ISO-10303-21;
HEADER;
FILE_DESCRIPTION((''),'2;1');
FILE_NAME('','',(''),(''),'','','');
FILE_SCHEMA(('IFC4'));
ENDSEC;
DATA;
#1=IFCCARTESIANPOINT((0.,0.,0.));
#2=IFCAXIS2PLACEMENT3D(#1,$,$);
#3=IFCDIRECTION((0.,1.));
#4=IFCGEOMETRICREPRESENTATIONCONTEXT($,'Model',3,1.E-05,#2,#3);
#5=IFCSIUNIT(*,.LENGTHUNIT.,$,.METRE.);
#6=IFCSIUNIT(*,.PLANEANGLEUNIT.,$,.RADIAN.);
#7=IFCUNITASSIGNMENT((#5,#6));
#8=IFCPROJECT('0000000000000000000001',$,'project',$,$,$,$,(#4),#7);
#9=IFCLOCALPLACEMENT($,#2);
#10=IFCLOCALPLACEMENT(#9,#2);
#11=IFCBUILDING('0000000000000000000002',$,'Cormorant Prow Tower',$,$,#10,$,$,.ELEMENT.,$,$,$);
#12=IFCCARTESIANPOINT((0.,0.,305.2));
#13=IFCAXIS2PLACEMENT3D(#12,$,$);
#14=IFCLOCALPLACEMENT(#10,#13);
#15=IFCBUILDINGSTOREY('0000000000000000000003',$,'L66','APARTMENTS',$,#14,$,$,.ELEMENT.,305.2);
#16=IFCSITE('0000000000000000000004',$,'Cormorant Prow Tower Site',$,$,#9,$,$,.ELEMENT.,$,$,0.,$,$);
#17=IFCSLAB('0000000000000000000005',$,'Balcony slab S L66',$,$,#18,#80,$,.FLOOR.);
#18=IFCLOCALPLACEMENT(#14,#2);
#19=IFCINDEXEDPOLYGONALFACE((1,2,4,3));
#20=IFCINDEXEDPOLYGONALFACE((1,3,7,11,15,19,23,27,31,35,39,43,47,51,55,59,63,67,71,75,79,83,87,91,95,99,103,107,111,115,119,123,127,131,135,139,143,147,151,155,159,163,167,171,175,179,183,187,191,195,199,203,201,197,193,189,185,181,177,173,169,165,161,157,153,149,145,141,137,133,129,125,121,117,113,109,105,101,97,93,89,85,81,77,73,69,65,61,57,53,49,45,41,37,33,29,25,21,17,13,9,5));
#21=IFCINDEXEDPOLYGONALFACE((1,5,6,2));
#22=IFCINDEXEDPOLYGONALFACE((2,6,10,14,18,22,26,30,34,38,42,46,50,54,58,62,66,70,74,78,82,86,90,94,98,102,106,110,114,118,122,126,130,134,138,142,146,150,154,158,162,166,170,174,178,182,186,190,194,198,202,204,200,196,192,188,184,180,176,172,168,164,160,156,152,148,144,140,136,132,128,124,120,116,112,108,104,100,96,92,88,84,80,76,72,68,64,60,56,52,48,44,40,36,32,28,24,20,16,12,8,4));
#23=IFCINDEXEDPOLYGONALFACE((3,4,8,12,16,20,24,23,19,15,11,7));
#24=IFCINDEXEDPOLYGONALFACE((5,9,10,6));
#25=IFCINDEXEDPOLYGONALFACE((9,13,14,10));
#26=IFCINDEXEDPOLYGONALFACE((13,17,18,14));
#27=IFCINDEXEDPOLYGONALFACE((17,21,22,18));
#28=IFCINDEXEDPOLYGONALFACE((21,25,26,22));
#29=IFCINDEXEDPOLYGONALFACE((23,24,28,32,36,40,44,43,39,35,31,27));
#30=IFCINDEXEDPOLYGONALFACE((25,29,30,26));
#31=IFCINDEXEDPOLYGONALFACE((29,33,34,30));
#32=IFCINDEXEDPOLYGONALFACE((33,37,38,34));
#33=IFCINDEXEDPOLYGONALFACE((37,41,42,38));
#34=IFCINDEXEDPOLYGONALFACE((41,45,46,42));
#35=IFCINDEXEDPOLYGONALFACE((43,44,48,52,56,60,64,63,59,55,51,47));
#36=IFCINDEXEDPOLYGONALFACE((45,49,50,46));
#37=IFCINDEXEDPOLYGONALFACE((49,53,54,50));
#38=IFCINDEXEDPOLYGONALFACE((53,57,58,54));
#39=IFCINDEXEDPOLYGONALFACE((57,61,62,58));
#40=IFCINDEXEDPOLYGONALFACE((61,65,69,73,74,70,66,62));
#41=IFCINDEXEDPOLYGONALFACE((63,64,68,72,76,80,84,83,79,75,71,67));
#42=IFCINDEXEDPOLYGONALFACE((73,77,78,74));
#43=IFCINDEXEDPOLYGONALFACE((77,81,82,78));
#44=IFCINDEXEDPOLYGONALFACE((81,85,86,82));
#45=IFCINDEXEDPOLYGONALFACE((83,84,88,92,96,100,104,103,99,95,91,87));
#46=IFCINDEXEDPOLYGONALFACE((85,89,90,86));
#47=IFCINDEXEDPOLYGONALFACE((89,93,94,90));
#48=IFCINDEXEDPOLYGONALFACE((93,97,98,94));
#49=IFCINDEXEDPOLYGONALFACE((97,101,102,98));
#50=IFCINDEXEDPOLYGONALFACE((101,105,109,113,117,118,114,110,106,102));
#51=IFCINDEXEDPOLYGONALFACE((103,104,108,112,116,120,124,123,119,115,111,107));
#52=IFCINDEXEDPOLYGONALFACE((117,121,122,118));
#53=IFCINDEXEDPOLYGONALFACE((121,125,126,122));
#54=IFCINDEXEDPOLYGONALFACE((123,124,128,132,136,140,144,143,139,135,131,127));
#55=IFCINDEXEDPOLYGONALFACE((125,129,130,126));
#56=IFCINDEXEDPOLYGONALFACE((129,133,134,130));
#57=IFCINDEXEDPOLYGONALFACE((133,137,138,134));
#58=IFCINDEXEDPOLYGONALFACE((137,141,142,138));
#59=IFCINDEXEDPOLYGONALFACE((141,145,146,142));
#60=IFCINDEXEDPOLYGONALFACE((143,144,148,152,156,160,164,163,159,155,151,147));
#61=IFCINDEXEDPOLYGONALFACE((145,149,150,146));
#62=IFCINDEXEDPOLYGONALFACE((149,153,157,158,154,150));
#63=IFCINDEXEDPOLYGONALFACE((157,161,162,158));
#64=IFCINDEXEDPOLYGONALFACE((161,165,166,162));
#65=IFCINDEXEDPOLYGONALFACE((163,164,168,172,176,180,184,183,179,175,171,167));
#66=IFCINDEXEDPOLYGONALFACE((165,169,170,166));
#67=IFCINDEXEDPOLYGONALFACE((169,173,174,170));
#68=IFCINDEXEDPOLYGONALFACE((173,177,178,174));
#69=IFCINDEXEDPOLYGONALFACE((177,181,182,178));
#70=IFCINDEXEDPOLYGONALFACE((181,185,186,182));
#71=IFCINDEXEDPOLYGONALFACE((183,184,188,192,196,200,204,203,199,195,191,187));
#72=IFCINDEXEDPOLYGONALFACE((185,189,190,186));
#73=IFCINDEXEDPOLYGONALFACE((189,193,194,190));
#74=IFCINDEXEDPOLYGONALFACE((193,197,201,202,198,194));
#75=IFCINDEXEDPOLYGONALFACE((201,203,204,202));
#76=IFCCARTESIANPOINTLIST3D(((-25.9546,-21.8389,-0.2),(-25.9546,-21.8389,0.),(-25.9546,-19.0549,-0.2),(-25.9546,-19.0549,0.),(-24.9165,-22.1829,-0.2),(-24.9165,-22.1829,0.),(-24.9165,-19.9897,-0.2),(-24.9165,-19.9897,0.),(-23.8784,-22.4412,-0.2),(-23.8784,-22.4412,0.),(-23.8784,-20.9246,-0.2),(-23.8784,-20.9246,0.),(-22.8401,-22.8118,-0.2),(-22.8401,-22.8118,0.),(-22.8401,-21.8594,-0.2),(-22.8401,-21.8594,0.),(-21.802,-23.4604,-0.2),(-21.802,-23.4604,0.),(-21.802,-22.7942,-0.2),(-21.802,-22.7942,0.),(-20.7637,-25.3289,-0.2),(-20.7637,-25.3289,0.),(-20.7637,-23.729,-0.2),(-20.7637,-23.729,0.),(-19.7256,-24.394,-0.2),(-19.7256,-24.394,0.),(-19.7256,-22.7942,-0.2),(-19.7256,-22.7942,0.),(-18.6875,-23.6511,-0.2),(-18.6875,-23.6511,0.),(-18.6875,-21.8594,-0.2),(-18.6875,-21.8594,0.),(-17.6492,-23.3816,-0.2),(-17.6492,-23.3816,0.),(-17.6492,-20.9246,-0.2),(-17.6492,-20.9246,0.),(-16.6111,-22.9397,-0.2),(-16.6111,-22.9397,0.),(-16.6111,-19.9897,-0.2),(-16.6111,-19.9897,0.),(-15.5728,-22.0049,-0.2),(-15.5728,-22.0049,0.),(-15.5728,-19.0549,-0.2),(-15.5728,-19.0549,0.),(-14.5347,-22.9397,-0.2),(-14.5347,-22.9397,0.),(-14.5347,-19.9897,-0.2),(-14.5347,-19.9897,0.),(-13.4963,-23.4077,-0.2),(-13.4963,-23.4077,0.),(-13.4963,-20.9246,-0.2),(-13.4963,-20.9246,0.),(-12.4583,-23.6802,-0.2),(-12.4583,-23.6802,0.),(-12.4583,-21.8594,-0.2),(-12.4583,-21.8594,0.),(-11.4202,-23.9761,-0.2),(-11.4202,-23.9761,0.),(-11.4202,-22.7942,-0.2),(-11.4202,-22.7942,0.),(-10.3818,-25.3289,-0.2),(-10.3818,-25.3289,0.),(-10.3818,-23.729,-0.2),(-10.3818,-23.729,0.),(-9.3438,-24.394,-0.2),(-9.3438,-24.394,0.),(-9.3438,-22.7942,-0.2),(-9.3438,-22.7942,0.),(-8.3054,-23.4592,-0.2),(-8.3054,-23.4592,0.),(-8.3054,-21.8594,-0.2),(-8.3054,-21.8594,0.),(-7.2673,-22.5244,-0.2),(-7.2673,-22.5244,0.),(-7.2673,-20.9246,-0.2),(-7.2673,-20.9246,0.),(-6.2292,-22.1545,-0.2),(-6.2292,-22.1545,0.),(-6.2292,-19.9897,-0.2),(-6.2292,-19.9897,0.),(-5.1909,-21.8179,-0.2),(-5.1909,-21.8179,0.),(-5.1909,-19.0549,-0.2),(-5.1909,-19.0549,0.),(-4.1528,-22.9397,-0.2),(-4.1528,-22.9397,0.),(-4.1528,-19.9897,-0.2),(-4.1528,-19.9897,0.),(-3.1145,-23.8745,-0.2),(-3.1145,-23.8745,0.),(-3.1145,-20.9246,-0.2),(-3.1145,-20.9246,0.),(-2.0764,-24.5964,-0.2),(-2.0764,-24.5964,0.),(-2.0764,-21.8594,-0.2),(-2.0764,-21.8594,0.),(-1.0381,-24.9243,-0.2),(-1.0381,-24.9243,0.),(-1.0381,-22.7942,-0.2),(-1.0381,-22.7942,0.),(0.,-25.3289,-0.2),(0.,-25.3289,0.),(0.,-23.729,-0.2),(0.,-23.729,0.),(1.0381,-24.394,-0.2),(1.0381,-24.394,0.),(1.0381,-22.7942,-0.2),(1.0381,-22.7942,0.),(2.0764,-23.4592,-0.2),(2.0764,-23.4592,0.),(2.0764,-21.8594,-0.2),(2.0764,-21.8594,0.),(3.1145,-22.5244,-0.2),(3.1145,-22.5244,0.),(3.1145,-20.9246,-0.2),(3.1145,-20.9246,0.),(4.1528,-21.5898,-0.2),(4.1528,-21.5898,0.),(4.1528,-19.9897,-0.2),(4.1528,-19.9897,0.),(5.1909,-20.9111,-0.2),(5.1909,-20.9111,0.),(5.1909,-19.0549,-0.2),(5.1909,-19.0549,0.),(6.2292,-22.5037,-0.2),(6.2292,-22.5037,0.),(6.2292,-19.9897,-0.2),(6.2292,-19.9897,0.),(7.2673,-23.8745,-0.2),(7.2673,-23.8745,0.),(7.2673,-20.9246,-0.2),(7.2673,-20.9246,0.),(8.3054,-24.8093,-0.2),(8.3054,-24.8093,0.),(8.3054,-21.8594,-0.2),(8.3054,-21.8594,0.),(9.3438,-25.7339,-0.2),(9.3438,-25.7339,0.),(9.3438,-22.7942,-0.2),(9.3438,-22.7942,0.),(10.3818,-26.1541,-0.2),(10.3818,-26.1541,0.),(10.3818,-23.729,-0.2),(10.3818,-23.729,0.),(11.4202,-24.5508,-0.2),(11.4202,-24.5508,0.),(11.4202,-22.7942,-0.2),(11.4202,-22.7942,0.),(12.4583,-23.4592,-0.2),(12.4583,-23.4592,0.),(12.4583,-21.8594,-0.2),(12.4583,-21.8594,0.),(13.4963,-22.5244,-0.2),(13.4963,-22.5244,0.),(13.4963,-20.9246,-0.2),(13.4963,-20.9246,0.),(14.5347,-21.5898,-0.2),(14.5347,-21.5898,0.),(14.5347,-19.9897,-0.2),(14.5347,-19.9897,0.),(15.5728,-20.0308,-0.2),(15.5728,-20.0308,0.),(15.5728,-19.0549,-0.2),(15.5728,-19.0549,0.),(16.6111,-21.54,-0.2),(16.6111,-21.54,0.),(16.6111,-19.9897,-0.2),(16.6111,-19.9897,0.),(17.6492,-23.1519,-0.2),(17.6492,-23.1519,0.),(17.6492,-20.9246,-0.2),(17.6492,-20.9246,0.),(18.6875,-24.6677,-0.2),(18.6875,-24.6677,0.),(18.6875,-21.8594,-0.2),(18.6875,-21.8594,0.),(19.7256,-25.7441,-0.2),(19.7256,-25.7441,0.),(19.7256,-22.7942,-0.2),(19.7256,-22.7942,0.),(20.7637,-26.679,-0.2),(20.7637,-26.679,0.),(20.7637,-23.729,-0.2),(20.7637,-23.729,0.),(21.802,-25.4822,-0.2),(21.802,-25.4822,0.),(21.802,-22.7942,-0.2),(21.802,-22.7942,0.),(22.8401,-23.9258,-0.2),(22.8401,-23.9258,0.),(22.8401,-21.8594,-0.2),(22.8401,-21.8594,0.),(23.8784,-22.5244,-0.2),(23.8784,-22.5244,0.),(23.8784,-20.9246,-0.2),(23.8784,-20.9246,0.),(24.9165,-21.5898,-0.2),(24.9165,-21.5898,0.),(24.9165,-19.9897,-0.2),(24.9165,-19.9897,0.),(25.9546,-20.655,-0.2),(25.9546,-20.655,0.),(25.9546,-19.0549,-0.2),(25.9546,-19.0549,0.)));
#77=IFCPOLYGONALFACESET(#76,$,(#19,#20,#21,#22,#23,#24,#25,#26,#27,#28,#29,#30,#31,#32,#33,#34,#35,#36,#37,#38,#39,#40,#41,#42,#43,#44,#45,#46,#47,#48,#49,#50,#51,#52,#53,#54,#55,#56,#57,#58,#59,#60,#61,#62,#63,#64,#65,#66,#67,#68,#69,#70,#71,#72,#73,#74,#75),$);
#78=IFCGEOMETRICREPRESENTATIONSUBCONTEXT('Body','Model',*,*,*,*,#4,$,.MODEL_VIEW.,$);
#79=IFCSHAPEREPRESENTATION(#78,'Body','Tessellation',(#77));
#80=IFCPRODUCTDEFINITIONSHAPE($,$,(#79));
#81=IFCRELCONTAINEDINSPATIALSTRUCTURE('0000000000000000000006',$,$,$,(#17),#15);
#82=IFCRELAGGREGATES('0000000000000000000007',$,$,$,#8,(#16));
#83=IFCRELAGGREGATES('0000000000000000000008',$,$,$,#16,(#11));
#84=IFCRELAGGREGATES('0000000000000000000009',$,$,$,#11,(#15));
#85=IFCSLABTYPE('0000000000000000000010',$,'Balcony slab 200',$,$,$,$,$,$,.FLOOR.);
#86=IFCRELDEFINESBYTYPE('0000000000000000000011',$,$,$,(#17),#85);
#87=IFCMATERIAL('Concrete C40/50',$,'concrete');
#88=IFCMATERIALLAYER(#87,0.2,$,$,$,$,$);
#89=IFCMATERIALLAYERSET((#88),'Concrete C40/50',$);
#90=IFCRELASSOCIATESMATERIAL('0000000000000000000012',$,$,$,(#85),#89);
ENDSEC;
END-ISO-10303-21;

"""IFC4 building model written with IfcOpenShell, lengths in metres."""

from ifc_helpers import new_model, si_unit, direction, frame, origin, place, context, subcontext, project, spatial, polyline, outline, extrude, material, layer, layer_set, type_object, element, save


model = new_model("IFC4")

# Units and contexts
model_context = context("Model", 3, precision=1e-05, world=origin(), true_north=direction((0.0, 1.0)))
body_context = subcontext(model_context, "Body", "Model", "MODEL_VIEW")
ifc_project = project(units=[si_unit("LENGTHUNIT", "METRE"), si_unit("PLANEANGLEUNIT", "RADIAN")], contexts=[model_context])

# Site, building, storey
site_placement = place(None, origin())
site = spatial("IfcSite", under=ifc_project, at=site_placement, Name="Cormorant Prow Tower Site", CompositionType="ELEMENT", RefElevation=0.0)
building_placement = place(site_placement, origin())
building = spatial("IfcBuilding", under=site, at=building_placement, Name="Cormorant Prow Tower", CompositionType="ELEMENT")
storey_placement = place(building_placement, frame((0.0, 0.0, 305.2)))
storey = spatial("IfcBuildingStorey", under=building, at=storey_placement, Name="L66", Description="APARTMENTS", CompositionType="ELEMENT", Elevation=305.2)

# Slab
ifc_material_1 = material(Name="Concrete C40/50", Category="concrete")
ifc_layer_1 = layer(ifc_material_1, 0.2)
ifc_layer_set_1 = layer_set([ifc_layer_1], Name="Concrete C40/50")
slab_type_1 = type_object("IfcSlabType", Name="Balcony slab 200", PredefinedType="FLOOR", material=ifc_layer_set_1)
slab_1_placement = place(storey_placement, frame((0.0, 0.0, -0.2)))
element("IfcSlab", 1, at=slab_1_placement, inside=storey, type_object=slab_type_1, Name="Balcony slab S L66", PredefinedType="FLOOR", context=body_context, shape_type="SweptSolid", body=[
    extrude(outline(polyline([(-25.9546, -19.0549), (-25.9546, -21.8389), (-24.9165, -22.1829), (-23.8784, -22.4412), (-22.8401, -22.8118), (-21.802, -23.4604), (-20.7637, -25.3289), (-19.7256, -24.394), (-18.6875, -23.6511), (-17.6492, -23.3816), (-16.6111, -22.9397), (-15.5728, -22.0049), (-14.5347, -22.9397), (-13.4963, -23.4077), (-12.4583, -23.6802), (-11.4202, -23.9761), (-10.3818, -25.3289), (-9.3438, -24.394), (-8.3054, -23.4592), (-7.2673, -22.5244), (-6.2292, -22.1545), (-5.1909, -21.8179), (-4.1528, -22.9397), (-3.1145, -23.8745), (-2.0764, -24.5964), (-1.0381, -24.9243), (0.0, -25.3289), (1.0381, -24.394), (2.0764, -23.4592), (3.1145, -22.5244), (4.1528, -21.5898), (5.1909, -20.9111), (6.2292, -22.5037), (7.2673, -23.8745), (8.3054, -24.8093), (9.3438, -25.7339), (10.3818, -26.1541), (11.4202, -24.5508), (12.4583, -23.4592), (13.4963, -22.5244), (14.5347, -21.5898), (15.5728, -20.0308), (16.6111, -21.54), (17.6492, -23.1519), (18.6875, -24.6677), (19.7256, -25.7441), (20.7637, -26.679), (21.802, -25.4822), (22.8401, -23.9258), (23.8784, -22.5244), (24.9165, -21.5898), (25.9546, -20.655), (25.9546, -19.0549), (24.9165, -19.9897), (23.8784, -20.9246), (22.8401, -21.8594), (21.802, -22.7942), (20.7637, -23.729), (19.7256, -22.7942), (18.6875, -21.8594), (17.6492, -20.9246), (16.6111, -19.9897), (15.5728, -19.0549), (14.5347, -19.9897), (13.4963, -20.9246), (12.4583, -21.8594), (11.4202, -22.7942), (10.3818, -23.729), (9.3438, -22.7942), (8.3054, -21.8594), (7.2673, -20.9246), (6.2292, -19.9897), (5.1909, -19.0549), (4.1528, -19.9897), (3.1145, -20.9246), (2.0764, -21.8594), (1.0381, -22.7942), (0.0, -23.729), (-1.0381, -22.7942), (-2.0764, -21.8594), (-3.1145, -20.9246), (-4.1528, -19.9897), (-5.1909, -19.0549), (-6.2292, -19.9897), (-7.2673, -20.9246), (-8.3054, -21.8594), (-9.3438, -22.7942), (-10.3818, -23.729), (-11.4202, -22.7942), (-12.4583, -21.8594), (-13.4963, -20.9246), (-14.5347, -19.9897), (-15.5728, -19.0549), (-16.6111, -19.9897), (-17.6492, -20.9246), (-18.6875, -21.8594), (-19.7256, -22.7942), (-20.7637, -23.729), (-21.802, -22.7942), (-22.8401, -21.8594), (-23.8784, -20.9246), (-24.9165, -19.9897), (-25.9546, -19.0549)])), origin(), (0.0, 0.0, 1.0), 0.2),
])

save(model, "model.ifc")
